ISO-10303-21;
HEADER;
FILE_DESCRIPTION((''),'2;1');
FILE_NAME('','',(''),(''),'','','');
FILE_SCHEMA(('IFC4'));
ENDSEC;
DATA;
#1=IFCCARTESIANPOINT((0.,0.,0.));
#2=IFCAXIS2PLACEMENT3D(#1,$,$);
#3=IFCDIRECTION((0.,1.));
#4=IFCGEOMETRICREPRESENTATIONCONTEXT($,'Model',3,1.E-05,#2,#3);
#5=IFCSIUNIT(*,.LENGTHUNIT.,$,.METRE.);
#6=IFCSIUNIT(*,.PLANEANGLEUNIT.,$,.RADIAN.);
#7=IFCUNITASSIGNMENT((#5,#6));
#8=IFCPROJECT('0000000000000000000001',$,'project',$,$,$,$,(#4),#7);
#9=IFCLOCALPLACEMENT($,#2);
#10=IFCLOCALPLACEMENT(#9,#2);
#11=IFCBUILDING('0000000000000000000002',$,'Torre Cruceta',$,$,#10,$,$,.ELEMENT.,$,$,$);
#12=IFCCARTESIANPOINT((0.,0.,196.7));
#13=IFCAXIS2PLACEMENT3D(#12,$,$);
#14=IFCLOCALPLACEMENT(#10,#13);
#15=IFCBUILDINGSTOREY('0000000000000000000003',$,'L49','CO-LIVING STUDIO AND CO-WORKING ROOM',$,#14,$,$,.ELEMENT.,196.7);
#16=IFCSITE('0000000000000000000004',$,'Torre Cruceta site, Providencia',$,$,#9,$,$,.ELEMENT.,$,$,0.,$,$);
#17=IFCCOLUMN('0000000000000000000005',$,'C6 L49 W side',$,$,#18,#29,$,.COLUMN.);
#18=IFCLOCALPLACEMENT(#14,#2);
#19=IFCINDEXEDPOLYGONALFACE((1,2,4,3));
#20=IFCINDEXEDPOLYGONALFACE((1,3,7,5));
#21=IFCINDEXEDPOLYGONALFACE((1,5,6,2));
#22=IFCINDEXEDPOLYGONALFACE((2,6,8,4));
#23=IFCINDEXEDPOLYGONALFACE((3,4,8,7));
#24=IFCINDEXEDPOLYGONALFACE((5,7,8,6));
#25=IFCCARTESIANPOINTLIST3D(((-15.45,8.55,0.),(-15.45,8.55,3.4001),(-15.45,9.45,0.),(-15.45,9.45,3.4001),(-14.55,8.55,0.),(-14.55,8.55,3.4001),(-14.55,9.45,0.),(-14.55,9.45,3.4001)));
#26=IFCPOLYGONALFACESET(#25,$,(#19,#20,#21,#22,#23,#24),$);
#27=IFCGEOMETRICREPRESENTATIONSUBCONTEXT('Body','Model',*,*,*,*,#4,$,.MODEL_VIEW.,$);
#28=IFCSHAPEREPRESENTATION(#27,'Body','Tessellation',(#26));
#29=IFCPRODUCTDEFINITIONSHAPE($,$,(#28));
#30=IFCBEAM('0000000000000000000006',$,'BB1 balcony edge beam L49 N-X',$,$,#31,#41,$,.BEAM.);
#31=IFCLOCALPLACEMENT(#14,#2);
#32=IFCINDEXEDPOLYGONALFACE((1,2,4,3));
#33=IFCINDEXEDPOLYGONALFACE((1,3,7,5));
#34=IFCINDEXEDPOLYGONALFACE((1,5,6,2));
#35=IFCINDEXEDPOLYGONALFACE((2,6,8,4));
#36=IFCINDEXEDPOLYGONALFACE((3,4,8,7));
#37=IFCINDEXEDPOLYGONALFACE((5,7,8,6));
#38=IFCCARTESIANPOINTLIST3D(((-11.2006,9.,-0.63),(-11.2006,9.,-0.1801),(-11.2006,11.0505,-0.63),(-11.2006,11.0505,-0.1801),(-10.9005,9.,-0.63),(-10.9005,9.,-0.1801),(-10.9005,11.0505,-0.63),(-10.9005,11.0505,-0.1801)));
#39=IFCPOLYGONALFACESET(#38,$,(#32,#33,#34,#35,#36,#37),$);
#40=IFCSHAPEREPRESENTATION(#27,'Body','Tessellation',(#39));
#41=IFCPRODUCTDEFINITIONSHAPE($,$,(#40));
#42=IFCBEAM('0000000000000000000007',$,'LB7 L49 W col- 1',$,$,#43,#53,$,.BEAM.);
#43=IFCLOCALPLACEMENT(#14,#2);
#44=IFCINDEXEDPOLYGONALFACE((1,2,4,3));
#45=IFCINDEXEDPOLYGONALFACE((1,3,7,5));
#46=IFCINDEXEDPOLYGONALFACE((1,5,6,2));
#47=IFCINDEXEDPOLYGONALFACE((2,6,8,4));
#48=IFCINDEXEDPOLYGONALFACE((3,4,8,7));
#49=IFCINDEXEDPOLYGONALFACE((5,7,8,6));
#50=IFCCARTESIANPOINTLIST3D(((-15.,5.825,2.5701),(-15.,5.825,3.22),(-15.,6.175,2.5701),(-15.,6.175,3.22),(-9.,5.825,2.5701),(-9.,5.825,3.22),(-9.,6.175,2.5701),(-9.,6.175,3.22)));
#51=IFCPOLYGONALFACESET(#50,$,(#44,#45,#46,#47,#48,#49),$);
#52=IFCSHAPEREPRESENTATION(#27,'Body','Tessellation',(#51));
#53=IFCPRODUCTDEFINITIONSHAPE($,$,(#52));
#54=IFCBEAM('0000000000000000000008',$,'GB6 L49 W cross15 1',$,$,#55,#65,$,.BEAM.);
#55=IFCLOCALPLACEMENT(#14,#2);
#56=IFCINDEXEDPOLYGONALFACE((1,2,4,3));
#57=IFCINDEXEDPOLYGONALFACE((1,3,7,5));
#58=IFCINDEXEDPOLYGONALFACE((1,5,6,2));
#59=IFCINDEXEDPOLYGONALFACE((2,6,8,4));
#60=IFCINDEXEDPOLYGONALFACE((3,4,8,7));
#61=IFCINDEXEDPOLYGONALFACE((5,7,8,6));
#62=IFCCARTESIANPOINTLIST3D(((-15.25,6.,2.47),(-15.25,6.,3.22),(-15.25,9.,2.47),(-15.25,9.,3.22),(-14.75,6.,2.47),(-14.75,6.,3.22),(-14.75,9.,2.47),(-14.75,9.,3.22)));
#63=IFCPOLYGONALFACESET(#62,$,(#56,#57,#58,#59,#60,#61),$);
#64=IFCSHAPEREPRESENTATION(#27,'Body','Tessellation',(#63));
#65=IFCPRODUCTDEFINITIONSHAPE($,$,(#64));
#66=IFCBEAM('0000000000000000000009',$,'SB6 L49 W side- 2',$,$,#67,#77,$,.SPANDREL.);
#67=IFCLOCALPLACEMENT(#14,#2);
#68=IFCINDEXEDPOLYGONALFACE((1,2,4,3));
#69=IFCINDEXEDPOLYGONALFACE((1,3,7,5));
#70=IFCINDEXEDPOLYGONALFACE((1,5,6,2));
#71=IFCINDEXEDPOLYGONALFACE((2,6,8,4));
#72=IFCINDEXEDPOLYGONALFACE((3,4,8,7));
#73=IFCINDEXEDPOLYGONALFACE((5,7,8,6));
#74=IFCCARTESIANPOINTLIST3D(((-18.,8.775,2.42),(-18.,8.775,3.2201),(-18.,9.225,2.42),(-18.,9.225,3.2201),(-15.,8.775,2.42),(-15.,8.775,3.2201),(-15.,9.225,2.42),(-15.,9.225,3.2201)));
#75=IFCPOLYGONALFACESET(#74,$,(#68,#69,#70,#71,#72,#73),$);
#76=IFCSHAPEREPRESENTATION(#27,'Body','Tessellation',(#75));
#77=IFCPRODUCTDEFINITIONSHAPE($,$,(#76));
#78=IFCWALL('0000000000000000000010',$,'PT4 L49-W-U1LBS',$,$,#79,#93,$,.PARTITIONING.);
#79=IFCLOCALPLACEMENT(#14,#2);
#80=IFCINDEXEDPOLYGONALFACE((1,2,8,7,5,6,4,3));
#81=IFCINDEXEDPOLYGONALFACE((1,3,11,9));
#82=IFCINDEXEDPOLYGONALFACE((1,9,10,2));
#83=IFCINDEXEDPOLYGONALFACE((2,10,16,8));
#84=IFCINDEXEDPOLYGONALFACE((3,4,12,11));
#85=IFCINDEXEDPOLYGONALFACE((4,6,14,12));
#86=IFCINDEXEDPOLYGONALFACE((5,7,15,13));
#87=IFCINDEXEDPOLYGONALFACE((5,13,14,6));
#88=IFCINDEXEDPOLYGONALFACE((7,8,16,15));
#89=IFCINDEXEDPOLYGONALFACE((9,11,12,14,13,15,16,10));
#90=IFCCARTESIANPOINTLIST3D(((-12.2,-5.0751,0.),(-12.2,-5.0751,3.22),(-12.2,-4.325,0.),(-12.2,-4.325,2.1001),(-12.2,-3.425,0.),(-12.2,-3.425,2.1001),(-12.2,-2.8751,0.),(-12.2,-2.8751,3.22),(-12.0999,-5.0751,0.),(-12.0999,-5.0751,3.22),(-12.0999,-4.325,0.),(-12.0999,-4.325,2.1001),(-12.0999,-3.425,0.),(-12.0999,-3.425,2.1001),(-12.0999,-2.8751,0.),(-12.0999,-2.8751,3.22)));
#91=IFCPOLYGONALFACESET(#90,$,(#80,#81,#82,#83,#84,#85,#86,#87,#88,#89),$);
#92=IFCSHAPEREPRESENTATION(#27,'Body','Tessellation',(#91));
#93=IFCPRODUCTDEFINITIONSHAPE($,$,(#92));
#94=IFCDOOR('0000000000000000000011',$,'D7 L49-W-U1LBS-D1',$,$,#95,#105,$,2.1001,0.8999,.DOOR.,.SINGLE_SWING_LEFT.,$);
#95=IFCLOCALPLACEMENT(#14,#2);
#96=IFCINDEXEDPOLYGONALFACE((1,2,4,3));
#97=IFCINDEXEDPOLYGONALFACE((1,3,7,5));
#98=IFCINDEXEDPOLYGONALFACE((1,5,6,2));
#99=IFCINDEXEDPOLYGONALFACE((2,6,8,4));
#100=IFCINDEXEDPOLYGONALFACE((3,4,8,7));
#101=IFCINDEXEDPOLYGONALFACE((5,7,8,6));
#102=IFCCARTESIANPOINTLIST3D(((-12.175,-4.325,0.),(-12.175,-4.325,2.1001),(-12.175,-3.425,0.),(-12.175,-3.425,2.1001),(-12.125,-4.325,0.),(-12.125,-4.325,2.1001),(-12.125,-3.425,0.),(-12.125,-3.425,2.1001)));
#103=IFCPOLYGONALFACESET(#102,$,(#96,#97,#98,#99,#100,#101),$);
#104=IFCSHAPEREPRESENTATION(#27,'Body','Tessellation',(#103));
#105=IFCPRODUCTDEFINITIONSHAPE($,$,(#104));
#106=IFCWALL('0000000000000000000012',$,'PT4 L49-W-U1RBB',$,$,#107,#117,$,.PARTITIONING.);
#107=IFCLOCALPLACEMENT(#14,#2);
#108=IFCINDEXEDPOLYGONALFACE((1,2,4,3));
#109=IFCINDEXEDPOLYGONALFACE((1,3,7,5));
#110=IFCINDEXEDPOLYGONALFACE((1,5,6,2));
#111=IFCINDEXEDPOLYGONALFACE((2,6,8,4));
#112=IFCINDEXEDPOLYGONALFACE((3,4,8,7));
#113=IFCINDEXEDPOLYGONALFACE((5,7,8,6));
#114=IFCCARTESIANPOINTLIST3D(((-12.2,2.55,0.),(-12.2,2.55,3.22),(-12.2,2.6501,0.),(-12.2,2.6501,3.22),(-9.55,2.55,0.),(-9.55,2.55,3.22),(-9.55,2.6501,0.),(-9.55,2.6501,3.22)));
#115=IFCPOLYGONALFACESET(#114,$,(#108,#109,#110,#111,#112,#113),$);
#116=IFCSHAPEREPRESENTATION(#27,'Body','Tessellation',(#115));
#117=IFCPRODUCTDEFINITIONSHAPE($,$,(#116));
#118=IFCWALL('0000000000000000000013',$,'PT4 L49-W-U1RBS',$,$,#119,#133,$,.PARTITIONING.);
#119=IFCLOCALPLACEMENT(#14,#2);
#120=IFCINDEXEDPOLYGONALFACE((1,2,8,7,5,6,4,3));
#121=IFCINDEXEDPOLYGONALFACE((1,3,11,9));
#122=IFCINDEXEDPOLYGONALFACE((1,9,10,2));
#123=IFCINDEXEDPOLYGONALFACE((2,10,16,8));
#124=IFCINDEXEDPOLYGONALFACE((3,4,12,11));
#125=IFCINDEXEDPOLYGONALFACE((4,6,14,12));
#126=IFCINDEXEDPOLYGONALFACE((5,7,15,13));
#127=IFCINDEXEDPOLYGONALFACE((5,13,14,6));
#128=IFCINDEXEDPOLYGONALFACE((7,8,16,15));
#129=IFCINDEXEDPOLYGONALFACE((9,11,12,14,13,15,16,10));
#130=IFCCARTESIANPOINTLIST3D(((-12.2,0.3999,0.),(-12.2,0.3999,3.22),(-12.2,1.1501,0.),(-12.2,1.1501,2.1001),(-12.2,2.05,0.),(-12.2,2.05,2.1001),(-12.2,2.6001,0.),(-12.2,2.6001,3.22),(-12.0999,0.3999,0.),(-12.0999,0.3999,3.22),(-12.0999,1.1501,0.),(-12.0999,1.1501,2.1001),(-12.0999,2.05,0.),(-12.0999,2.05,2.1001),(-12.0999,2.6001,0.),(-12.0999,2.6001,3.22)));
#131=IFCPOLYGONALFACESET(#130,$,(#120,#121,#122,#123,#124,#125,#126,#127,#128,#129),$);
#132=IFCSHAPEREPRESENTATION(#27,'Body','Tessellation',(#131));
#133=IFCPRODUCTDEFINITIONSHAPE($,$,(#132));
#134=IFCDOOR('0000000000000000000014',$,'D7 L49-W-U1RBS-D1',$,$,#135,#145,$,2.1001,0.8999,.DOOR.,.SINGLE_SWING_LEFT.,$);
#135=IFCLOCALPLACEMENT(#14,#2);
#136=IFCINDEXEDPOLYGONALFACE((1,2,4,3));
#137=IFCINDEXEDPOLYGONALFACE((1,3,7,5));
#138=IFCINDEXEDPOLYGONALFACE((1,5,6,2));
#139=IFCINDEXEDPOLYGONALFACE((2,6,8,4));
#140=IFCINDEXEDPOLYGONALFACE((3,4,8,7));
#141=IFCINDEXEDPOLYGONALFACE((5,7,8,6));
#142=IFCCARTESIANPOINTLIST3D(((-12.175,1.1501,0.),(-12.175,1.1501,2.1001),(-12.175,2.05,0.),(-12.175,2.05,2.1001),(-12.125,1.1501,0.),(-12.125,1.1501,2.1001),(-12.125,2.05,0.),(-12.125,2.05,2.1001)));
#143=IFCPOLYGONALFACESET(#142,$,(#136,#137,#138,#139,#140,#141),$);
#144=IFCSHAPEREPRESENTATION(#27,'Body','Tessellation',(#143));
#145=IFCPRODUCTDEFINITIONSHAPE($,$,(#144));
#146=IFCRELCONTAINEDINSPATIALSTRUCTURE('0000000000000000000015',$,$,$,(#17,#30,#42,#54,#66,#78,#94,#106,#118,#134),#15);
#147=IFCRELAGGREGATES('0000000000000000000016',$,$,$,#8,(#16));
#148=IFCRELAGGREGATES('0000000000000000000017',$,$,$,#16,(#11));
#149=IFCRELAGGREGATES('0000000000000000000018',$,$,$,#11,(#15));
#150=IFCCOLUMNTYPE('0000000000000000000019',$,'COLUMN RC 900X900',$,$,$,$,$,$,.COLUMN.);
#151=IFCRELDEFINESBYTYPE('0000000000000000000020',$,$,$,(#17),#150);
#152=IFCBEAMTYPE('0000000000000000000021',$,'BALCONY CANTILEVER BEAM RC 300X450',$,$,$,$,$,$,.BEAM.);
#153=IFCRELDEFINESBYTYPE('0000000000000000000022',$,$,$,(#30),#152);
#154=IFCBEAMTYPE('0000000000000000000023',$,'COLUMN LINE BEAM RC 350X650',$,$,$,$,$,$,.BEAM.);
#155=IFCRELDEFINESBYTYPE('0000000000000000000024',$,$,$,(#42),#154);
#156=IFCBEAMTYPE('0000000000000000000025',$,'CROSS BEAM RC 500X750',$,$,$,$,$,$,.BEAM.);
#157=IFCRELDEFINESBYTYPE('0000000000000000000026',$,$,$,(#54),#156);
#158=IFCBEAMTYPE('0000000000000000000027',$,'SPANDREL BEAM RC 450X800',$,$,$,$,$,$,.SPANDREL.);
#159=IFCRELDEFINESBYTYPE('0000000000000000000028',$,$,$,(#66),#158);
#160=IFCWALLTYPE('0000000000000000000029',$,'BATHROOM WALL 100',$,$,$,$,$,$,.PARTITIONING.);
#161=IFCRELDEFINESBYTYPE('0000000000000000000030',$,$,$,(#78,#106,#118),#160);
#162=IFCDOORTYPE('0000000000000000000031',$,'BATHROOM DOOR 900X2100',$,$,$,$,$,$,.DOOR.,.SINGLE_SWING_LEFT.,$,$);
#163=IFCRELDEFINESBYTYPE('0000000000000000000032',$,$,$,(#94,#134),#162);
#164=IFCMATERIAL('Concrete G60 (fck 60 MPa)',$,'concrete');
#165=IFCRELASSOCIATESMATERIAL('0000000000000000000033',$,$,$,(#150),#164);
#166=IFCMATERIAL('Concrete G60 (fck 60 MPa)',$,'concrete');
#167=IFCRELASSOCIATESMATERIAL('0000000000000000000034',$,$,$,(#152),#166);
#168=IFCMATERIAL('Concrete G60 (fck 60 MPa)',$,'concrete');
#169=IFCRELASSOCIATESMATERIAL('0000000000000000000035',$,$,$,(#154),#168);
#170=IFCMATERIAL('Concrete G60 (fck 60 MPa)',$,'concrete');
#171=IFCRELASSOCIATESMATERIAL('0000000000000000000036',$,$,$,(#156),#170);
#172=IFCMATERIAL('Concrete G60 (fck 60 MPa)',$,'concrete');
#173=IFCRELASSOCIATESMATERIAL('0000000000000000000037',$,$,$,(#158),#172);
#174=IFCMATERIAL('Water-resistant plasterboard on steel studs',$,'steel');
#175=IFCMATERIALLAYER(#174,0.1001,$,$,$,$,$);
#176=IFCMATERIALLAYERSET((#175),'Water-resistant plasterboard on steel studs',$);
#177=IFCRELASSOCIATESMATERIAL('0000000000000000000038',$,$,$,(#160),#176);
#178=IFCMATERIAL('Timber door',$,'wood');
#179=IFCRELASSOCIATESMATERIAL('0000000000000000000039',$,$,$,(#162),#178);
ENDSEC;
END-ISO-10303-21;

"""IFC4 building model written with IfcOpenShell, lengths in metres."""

from ifc_helpers import new_model, si_unit, direction, frame, frame_2d, origin, origin_2d, place, context, subcontext, project, spatial, rectangle, extrude, material, layer, layer_set, material_profile, profile_set, type_object, element, fill, save


model = new_model("IFC4")

# Units and contexts
model_context = context("Model", 3, precision=1e-05, world=origin(), true_north=direction((0.0, 1.0)))
body_context = subcontext(model_context, "Body", "Model", "MODEL_VIEW")
ifc_project = project(units=[si_unit("LENGTHUNIT", "METRE"), si_unit("PLANEANGLEUNIT", "RADIAN")], contexts=[model_context])

# Site, building, storey
site_placement = place(None, origin())
site = spatial("IfcSite", under=ifc_project, at=site_placement, Name="Torre Cruceta site, Providencia", CompositionType="ELEMENT", RefElevation=0.0)
building_placement = place(site_placement, origin())
building = spatial("IfcBuilding", under=site, at=building_placement, Name="Torre Cruceta", CompositionType="ELEMENT")
storey_placement = place(building_placement, frame((0.0, 0.0, 196.7)))
storey = spatial("IfcBuildingStorey", under=building, at=storey_placement, Name="L49", Description="CO-LIVING STUDIO AND CO-WORKING ROOM", CompositionType="ELEMENT", Elevation=196.7)

# Column
ifc_material_1 = material(Name="Concrete G60 (fck 60 MPa)", Category="concrete")
ifc_material_profile_1 = material_profile(ifc_material_1, rectangle(XDim=0.8999, YDim=0.8999, at=origin_2d()), Name="RC 900X900")
ifc_profile_set_1 = profile_set([ifc_material_profile_1], Name="Concrete G60 (fck 60 MPa)")
column_type = type_object("IfcColumnType", Name="COLUMN RC 900X900", PredefinedType="COLUMN", material=ifc_profile_set_1)
column_placement = place(storey_placement, frame((-15.0, 9.0, 0.0), z_axis=(0.0, 0.0, 1.0), x_axis=(1.0, 0.0, 0.0)))
element("IfcColumn", 1, at=column_placement, inside=storey, type_object=column_type, Name="C6 L49 W side", PredefinedType="COLUMN", context=body_context, shape_type="SweptSolid", body=[
    extrude(rectangle(XDim=0.8999, YDim=0.8999, at=origin_2d()), origin(), (0.0, 0.0, 1.0), 3.4001),
])

# Beams
ifc_material_2 = material(Name="Concrete G60 (fck 60 MPa)", Category="concrete")
ifc_material_profile_2 = material_profile(ifc_material_2, rectangle(XDim=0.3, YDim=0.45, at=origin_2d()), Name="RC 300X450")
ifc_profile_set_2 = profile_set([ifc_material_profile_2], Name="Concrete G60 (fck 60 MPa)")
beam_type_1 = type_object("IfcBeamType", Name="BALCONY CANTILEVER BEAM RC 300X450", PredefinedType="BEAM", material=ifc_profile_set_2)
beam_1_placement = place(storey_placement, frame((-11.0505, 9.0, -0.405), z_axis=(0.0, 1.0, 0.0), x_axis=(-1.0, 0.0, 0.0)))
element("IfcBeam", 2, at=beam_1_placement, inside=storey, type_object=beam_type_1, Name="BB1 balcony edge beam L49 N-X", PredefinedType="BEAM", context=body_context, shape_type="SweptSolid", body=[
    extrude(rectangle(XDim=0.3, YDim=0.45, at=origin_2d()), origin(), (0.0, 0.0, 1.0), 2.0505),
])
ifc_material_3 = material(Name="Concrete G60 (fck 60 MPa)", Category="concrete")
ifc_material_profile_3 = material_profile(ifc_material_3, rectangle(XDim=0.3501, YDim=0.6499, at=origin_2d()), Name="RC 350X650")
ifc_profile_set_3 = profile_set([ifc_material_profile_3], Name="Concrete G60 (fck 60 MPa)")
beam_type_2 = type_object("IfcBeamType", Name="COLUMN LINE BEAM RC 350X650", PredefinedType="BEAM", material=ifc_profile_set_3)
beam_2_placement = place(storey_placement, frame((-9.0, 6.0, 2.895), z_axis=(-1.0, 0.0, 0.0), x_axis=(0.0, -1.0, 0.0)))
element("IfcBeam", 3, at=beam_2_placement, inside=storey, type_object=beam_type_2, Name="LB7 L49 W col- 1", PredefinedType="BEAM", context=body_context, shape_type="SweptSolid", body=[
    extrude(rectangle(XDim=0.3501, YDim=0.6499, at=origin_2d()), origin(), (0.0, 0.0, 1.0), 6.0),
])
ifc_material_4 = material(Name="Concrete G60 (fck 60 MPa)", Category="concrete")
ifc_material_profile_4 = material_profile(ifc_material_4, rectangle(XDim=0.5, YDim=0.75, at=origin_2d()), Name="RC 500X750")
ifc_profile_set_4 = profile_set([ifc_material_profile_4], Name="Concrete G60 (fck 60 MPa)")
beam_type_3 = type_object("IfcBeamType", Name="CROSS BEAM RC 500X750", PredefinedType="BEAM", material=ifc_profile_set_4)
beam_3_placement = place(storey_placement, frame((-15.0, 9.0, 2.845), z_axis=(0.0, -1.0, 0.0), x_axis=(1.0, 0.0, 0.0)))
element("IfcBeam", 4, at=beam_3_placement, inside=storey, type_object=beam_type_3, Name="GB6 L49 W cross15 1", PredefinedType="BEAM", context=body_context, shape_type="SweptSolid", body=[
    extrude(rectangle(XDim=0.5, YDim=0.75, at=origin_2d()), origin(), (0.0, 0.0, 1.0), 3.0),
])
ifc_material_5 = material(Name="Concrete G60 (fck 60 MPa)", Category="concrete")
ifc_material_profile_5 = material_profile(ifc_material_5, rectangle(XDim=0.45, YDim=0.8, at=origin_2d()), Name="RC 450X800")
ifc_profile_set_5 = profile_set([ifc_material_profile_5], Name="Concrete G60 (fck 60 MPa)")
beam_type_4 = type_object("IfcBeamType", Name="SPANDREL BEAM RC 450X800", PredefinedType="SPANDREL", material=ifc_profile_set_5)
beam_4_placement = place(storey_placement, frame((-15.0, 9.0, 2.8201), z_axis=(-1.0, 0.0, 0.0), x_axis=(0.0, -1.0, 0.0)))
element("IfcBeam", 5, at=beam_4_placement, inside=storey, type_object=beam_type_4, Name="SB6 L49 W side- 2", PredefinedType="SPANDREL", context=body_context, shape_type="SweptSolid", body=[
    extrude(rectangle(XDim=0.45, YDim=0.8, at=origin_2d()), origin(), (0.0, 0.0, 1.0), 3.0),
])

# Wall, opening, door
ifc_material_6 = material(Name="Water-resistant plasterboard on steel studs", Category="steel")
ifc_layer_1 = layer(ifc_material_6, 0.1001)
ifc_layer_set_1 = layer_set([ifc_layer_1], Name="Water-resistant plasterboard on steel studs")
wall_type_1 = type_object("IfcWallType", Name="BATHROOM WALL 100", PredefinedType="PARTITIONING", material=ifc_layer_set_1)
wall_1_placement = place(storey_placement, frame((-12.1499, -2.875, 0.0), z_axis=(0.0, 0.0, 1.0), x_axis=(0.0, -1.0, 0.0)))
wall_1 = element("IfcWall", 6, at=wall_1_placement, inside=storey, type_object=wall_type_1, Name="PT4 L49-W-U1LBS", PredefinedType="PARTITIONING", context=body_context, shape_type="SweptSolid", body=[
    extrude(rectangle(XDim=2.2, YDim=0.1001, at=frame_2d((1.1001, 0.0))), origin(), (0.0, 0.0, 1.0), 3.22),
])
opening_1_placement = place(wall_1_placement, frame((0.55, 0.0, 0.0)))
opening_1 = element("IfcOpeningElement", 7, at=opening_1_placement, cuts=wall_1, PredefinedType="OPENING", context=body_context, shape_type="SweptSolid", body=[
    extrude(rectangle(XDim=0.8999, YDim=2.1001, at=frame_2d((0.45, 1.05))), frame((0.0, 0.0601, 0.0), z_axis=(0.0, -1.0, 0.0), x_axis=(1.0, 0.0, 0.0)), (0.0, 0.0, 1.0), 0.1201),
])
ifc_material_7 = material(Name="Timber door", Category="wood")
door_type_1 = type_object("IfcDoorType", Name="BATHROOM DOOR 900X2100", OperationType="SINGLE_SWING_LEFT", PredefinedType="DOOR", material=ifc_material_7)
door_1_placement = place(opening_1_placement, origin())
door_1 = element("IfcDoor", 8, at=door_1_placement, inside=storey, type_object=door_type_1, Name="D7 L49-W-U1LBS-D1", OperationType="SINGLE_SWING_LEFT", OverallHeight=2.1001, OverallWidth=0.8999, PredefinedType="DOOR", context=body_context, shape_type="SweptSolid", body=[
    extrude(rectangle(XDim=0.8999, YDim=2.1001, at=frame_2d((0.45, 1.05))), frame((0.0, 0.0249, 0.0), z_axis=(0.0, -1.0, 0.0), x_axis=(1.0, 0.0, 0.0)), (0.0, 0.0, 1.0), 0.05),
])
fill(opening_1, door_1)

# Wall
wall_2_placement = place(storey_placement, frame((-9.55, 2.6001, 0.0), z_axis=(0.0, 0.0, 1.0), x_axis=(-1.0, 0.0, 0.0)))
element("IfcWall", 9, at=wall_2_placement, inside=storey, type_object=wall_type_1, Name="PT4 L49-W-U1RBB", PredefinedType="PARTITIONING", context=body_context, shape_type="SweptSolid", body=[
    extrude(rectangle(XDim=2.6499, YDim=0.1001, at=frame_2d((1.325, 0.0))), origin(), (0.0, 0.0, 1.0), 3.22),
])

# Wall, opening, door
wall_3_placement = place(storey_placement, frame((-12.1499, 2.6001, 0.0), z_axis=(0.0, 0.0, 1.0), x_axis=(0.0, -1.0, 0.0)))
wall_3 = element("IfcWall", 10, at=wall_3_placement, inside=storey, type_object=wall_type_1, Name="PT4 L49-W-U1RBS", PredefinedType="PARTITIONING", context=body_context, shape_type="SweptSolid", body=[
    extrude(rectangle(XDim=2.2002, YDim=0.1001, at=frame_2d((1.1001, 0.0))), origin(), (0.0, 0.0, 1.0), 3.22),
])
opening_2_placement = place(wall_3_placement, frame((0.55, 0.0, 0.0)))
opening_2 = element("IfcOpeningElement", 11, at=opening_2_placement, cuts=wall_3, PredefinedType="OPENING", context=body_context, shape_type="SweptSolid", body=[
    extrude(rectangle(XDim=0.8999, YDim=2.1001, at=frame_2d((0.45, 1.05))), frame((0.0, 0.0601, 0.0), z_axis=(0.0, -1.0, 0.0), x_axis=(1.0, 0.0, 0.0)), (0.0, 0.0, 1.0), 0.1201),
])
door_2_placement = place(opening_2_placement, origin())
door_2 = element("IfcDoor", 12, at=door_2_placement, inside=storey, type_object=door_type_1, Name="D7 L49-W-U1RBS-D1", OperationType="SINGLE_SWING_LEFT", OverallHeight=2.1001, OverallWidth=0.8999, PredefinedType="DOOR", context=body_context, shape_type="SweptSolid", body=[
    extrude(rectangle(XDim=0.8999, YDim=2.1001, at=frame_2d((0.45, 1.05))), frame((0.0, 0.0249, 0.0), z_axis=(0.0, -1.0, 0.0), x_axis=(1.0, 0.0, 0.0)), (0.0, 0.0, 1.0), 0.05),
])
fill(opening_2, door_2)

save(model, "model.ifc")
